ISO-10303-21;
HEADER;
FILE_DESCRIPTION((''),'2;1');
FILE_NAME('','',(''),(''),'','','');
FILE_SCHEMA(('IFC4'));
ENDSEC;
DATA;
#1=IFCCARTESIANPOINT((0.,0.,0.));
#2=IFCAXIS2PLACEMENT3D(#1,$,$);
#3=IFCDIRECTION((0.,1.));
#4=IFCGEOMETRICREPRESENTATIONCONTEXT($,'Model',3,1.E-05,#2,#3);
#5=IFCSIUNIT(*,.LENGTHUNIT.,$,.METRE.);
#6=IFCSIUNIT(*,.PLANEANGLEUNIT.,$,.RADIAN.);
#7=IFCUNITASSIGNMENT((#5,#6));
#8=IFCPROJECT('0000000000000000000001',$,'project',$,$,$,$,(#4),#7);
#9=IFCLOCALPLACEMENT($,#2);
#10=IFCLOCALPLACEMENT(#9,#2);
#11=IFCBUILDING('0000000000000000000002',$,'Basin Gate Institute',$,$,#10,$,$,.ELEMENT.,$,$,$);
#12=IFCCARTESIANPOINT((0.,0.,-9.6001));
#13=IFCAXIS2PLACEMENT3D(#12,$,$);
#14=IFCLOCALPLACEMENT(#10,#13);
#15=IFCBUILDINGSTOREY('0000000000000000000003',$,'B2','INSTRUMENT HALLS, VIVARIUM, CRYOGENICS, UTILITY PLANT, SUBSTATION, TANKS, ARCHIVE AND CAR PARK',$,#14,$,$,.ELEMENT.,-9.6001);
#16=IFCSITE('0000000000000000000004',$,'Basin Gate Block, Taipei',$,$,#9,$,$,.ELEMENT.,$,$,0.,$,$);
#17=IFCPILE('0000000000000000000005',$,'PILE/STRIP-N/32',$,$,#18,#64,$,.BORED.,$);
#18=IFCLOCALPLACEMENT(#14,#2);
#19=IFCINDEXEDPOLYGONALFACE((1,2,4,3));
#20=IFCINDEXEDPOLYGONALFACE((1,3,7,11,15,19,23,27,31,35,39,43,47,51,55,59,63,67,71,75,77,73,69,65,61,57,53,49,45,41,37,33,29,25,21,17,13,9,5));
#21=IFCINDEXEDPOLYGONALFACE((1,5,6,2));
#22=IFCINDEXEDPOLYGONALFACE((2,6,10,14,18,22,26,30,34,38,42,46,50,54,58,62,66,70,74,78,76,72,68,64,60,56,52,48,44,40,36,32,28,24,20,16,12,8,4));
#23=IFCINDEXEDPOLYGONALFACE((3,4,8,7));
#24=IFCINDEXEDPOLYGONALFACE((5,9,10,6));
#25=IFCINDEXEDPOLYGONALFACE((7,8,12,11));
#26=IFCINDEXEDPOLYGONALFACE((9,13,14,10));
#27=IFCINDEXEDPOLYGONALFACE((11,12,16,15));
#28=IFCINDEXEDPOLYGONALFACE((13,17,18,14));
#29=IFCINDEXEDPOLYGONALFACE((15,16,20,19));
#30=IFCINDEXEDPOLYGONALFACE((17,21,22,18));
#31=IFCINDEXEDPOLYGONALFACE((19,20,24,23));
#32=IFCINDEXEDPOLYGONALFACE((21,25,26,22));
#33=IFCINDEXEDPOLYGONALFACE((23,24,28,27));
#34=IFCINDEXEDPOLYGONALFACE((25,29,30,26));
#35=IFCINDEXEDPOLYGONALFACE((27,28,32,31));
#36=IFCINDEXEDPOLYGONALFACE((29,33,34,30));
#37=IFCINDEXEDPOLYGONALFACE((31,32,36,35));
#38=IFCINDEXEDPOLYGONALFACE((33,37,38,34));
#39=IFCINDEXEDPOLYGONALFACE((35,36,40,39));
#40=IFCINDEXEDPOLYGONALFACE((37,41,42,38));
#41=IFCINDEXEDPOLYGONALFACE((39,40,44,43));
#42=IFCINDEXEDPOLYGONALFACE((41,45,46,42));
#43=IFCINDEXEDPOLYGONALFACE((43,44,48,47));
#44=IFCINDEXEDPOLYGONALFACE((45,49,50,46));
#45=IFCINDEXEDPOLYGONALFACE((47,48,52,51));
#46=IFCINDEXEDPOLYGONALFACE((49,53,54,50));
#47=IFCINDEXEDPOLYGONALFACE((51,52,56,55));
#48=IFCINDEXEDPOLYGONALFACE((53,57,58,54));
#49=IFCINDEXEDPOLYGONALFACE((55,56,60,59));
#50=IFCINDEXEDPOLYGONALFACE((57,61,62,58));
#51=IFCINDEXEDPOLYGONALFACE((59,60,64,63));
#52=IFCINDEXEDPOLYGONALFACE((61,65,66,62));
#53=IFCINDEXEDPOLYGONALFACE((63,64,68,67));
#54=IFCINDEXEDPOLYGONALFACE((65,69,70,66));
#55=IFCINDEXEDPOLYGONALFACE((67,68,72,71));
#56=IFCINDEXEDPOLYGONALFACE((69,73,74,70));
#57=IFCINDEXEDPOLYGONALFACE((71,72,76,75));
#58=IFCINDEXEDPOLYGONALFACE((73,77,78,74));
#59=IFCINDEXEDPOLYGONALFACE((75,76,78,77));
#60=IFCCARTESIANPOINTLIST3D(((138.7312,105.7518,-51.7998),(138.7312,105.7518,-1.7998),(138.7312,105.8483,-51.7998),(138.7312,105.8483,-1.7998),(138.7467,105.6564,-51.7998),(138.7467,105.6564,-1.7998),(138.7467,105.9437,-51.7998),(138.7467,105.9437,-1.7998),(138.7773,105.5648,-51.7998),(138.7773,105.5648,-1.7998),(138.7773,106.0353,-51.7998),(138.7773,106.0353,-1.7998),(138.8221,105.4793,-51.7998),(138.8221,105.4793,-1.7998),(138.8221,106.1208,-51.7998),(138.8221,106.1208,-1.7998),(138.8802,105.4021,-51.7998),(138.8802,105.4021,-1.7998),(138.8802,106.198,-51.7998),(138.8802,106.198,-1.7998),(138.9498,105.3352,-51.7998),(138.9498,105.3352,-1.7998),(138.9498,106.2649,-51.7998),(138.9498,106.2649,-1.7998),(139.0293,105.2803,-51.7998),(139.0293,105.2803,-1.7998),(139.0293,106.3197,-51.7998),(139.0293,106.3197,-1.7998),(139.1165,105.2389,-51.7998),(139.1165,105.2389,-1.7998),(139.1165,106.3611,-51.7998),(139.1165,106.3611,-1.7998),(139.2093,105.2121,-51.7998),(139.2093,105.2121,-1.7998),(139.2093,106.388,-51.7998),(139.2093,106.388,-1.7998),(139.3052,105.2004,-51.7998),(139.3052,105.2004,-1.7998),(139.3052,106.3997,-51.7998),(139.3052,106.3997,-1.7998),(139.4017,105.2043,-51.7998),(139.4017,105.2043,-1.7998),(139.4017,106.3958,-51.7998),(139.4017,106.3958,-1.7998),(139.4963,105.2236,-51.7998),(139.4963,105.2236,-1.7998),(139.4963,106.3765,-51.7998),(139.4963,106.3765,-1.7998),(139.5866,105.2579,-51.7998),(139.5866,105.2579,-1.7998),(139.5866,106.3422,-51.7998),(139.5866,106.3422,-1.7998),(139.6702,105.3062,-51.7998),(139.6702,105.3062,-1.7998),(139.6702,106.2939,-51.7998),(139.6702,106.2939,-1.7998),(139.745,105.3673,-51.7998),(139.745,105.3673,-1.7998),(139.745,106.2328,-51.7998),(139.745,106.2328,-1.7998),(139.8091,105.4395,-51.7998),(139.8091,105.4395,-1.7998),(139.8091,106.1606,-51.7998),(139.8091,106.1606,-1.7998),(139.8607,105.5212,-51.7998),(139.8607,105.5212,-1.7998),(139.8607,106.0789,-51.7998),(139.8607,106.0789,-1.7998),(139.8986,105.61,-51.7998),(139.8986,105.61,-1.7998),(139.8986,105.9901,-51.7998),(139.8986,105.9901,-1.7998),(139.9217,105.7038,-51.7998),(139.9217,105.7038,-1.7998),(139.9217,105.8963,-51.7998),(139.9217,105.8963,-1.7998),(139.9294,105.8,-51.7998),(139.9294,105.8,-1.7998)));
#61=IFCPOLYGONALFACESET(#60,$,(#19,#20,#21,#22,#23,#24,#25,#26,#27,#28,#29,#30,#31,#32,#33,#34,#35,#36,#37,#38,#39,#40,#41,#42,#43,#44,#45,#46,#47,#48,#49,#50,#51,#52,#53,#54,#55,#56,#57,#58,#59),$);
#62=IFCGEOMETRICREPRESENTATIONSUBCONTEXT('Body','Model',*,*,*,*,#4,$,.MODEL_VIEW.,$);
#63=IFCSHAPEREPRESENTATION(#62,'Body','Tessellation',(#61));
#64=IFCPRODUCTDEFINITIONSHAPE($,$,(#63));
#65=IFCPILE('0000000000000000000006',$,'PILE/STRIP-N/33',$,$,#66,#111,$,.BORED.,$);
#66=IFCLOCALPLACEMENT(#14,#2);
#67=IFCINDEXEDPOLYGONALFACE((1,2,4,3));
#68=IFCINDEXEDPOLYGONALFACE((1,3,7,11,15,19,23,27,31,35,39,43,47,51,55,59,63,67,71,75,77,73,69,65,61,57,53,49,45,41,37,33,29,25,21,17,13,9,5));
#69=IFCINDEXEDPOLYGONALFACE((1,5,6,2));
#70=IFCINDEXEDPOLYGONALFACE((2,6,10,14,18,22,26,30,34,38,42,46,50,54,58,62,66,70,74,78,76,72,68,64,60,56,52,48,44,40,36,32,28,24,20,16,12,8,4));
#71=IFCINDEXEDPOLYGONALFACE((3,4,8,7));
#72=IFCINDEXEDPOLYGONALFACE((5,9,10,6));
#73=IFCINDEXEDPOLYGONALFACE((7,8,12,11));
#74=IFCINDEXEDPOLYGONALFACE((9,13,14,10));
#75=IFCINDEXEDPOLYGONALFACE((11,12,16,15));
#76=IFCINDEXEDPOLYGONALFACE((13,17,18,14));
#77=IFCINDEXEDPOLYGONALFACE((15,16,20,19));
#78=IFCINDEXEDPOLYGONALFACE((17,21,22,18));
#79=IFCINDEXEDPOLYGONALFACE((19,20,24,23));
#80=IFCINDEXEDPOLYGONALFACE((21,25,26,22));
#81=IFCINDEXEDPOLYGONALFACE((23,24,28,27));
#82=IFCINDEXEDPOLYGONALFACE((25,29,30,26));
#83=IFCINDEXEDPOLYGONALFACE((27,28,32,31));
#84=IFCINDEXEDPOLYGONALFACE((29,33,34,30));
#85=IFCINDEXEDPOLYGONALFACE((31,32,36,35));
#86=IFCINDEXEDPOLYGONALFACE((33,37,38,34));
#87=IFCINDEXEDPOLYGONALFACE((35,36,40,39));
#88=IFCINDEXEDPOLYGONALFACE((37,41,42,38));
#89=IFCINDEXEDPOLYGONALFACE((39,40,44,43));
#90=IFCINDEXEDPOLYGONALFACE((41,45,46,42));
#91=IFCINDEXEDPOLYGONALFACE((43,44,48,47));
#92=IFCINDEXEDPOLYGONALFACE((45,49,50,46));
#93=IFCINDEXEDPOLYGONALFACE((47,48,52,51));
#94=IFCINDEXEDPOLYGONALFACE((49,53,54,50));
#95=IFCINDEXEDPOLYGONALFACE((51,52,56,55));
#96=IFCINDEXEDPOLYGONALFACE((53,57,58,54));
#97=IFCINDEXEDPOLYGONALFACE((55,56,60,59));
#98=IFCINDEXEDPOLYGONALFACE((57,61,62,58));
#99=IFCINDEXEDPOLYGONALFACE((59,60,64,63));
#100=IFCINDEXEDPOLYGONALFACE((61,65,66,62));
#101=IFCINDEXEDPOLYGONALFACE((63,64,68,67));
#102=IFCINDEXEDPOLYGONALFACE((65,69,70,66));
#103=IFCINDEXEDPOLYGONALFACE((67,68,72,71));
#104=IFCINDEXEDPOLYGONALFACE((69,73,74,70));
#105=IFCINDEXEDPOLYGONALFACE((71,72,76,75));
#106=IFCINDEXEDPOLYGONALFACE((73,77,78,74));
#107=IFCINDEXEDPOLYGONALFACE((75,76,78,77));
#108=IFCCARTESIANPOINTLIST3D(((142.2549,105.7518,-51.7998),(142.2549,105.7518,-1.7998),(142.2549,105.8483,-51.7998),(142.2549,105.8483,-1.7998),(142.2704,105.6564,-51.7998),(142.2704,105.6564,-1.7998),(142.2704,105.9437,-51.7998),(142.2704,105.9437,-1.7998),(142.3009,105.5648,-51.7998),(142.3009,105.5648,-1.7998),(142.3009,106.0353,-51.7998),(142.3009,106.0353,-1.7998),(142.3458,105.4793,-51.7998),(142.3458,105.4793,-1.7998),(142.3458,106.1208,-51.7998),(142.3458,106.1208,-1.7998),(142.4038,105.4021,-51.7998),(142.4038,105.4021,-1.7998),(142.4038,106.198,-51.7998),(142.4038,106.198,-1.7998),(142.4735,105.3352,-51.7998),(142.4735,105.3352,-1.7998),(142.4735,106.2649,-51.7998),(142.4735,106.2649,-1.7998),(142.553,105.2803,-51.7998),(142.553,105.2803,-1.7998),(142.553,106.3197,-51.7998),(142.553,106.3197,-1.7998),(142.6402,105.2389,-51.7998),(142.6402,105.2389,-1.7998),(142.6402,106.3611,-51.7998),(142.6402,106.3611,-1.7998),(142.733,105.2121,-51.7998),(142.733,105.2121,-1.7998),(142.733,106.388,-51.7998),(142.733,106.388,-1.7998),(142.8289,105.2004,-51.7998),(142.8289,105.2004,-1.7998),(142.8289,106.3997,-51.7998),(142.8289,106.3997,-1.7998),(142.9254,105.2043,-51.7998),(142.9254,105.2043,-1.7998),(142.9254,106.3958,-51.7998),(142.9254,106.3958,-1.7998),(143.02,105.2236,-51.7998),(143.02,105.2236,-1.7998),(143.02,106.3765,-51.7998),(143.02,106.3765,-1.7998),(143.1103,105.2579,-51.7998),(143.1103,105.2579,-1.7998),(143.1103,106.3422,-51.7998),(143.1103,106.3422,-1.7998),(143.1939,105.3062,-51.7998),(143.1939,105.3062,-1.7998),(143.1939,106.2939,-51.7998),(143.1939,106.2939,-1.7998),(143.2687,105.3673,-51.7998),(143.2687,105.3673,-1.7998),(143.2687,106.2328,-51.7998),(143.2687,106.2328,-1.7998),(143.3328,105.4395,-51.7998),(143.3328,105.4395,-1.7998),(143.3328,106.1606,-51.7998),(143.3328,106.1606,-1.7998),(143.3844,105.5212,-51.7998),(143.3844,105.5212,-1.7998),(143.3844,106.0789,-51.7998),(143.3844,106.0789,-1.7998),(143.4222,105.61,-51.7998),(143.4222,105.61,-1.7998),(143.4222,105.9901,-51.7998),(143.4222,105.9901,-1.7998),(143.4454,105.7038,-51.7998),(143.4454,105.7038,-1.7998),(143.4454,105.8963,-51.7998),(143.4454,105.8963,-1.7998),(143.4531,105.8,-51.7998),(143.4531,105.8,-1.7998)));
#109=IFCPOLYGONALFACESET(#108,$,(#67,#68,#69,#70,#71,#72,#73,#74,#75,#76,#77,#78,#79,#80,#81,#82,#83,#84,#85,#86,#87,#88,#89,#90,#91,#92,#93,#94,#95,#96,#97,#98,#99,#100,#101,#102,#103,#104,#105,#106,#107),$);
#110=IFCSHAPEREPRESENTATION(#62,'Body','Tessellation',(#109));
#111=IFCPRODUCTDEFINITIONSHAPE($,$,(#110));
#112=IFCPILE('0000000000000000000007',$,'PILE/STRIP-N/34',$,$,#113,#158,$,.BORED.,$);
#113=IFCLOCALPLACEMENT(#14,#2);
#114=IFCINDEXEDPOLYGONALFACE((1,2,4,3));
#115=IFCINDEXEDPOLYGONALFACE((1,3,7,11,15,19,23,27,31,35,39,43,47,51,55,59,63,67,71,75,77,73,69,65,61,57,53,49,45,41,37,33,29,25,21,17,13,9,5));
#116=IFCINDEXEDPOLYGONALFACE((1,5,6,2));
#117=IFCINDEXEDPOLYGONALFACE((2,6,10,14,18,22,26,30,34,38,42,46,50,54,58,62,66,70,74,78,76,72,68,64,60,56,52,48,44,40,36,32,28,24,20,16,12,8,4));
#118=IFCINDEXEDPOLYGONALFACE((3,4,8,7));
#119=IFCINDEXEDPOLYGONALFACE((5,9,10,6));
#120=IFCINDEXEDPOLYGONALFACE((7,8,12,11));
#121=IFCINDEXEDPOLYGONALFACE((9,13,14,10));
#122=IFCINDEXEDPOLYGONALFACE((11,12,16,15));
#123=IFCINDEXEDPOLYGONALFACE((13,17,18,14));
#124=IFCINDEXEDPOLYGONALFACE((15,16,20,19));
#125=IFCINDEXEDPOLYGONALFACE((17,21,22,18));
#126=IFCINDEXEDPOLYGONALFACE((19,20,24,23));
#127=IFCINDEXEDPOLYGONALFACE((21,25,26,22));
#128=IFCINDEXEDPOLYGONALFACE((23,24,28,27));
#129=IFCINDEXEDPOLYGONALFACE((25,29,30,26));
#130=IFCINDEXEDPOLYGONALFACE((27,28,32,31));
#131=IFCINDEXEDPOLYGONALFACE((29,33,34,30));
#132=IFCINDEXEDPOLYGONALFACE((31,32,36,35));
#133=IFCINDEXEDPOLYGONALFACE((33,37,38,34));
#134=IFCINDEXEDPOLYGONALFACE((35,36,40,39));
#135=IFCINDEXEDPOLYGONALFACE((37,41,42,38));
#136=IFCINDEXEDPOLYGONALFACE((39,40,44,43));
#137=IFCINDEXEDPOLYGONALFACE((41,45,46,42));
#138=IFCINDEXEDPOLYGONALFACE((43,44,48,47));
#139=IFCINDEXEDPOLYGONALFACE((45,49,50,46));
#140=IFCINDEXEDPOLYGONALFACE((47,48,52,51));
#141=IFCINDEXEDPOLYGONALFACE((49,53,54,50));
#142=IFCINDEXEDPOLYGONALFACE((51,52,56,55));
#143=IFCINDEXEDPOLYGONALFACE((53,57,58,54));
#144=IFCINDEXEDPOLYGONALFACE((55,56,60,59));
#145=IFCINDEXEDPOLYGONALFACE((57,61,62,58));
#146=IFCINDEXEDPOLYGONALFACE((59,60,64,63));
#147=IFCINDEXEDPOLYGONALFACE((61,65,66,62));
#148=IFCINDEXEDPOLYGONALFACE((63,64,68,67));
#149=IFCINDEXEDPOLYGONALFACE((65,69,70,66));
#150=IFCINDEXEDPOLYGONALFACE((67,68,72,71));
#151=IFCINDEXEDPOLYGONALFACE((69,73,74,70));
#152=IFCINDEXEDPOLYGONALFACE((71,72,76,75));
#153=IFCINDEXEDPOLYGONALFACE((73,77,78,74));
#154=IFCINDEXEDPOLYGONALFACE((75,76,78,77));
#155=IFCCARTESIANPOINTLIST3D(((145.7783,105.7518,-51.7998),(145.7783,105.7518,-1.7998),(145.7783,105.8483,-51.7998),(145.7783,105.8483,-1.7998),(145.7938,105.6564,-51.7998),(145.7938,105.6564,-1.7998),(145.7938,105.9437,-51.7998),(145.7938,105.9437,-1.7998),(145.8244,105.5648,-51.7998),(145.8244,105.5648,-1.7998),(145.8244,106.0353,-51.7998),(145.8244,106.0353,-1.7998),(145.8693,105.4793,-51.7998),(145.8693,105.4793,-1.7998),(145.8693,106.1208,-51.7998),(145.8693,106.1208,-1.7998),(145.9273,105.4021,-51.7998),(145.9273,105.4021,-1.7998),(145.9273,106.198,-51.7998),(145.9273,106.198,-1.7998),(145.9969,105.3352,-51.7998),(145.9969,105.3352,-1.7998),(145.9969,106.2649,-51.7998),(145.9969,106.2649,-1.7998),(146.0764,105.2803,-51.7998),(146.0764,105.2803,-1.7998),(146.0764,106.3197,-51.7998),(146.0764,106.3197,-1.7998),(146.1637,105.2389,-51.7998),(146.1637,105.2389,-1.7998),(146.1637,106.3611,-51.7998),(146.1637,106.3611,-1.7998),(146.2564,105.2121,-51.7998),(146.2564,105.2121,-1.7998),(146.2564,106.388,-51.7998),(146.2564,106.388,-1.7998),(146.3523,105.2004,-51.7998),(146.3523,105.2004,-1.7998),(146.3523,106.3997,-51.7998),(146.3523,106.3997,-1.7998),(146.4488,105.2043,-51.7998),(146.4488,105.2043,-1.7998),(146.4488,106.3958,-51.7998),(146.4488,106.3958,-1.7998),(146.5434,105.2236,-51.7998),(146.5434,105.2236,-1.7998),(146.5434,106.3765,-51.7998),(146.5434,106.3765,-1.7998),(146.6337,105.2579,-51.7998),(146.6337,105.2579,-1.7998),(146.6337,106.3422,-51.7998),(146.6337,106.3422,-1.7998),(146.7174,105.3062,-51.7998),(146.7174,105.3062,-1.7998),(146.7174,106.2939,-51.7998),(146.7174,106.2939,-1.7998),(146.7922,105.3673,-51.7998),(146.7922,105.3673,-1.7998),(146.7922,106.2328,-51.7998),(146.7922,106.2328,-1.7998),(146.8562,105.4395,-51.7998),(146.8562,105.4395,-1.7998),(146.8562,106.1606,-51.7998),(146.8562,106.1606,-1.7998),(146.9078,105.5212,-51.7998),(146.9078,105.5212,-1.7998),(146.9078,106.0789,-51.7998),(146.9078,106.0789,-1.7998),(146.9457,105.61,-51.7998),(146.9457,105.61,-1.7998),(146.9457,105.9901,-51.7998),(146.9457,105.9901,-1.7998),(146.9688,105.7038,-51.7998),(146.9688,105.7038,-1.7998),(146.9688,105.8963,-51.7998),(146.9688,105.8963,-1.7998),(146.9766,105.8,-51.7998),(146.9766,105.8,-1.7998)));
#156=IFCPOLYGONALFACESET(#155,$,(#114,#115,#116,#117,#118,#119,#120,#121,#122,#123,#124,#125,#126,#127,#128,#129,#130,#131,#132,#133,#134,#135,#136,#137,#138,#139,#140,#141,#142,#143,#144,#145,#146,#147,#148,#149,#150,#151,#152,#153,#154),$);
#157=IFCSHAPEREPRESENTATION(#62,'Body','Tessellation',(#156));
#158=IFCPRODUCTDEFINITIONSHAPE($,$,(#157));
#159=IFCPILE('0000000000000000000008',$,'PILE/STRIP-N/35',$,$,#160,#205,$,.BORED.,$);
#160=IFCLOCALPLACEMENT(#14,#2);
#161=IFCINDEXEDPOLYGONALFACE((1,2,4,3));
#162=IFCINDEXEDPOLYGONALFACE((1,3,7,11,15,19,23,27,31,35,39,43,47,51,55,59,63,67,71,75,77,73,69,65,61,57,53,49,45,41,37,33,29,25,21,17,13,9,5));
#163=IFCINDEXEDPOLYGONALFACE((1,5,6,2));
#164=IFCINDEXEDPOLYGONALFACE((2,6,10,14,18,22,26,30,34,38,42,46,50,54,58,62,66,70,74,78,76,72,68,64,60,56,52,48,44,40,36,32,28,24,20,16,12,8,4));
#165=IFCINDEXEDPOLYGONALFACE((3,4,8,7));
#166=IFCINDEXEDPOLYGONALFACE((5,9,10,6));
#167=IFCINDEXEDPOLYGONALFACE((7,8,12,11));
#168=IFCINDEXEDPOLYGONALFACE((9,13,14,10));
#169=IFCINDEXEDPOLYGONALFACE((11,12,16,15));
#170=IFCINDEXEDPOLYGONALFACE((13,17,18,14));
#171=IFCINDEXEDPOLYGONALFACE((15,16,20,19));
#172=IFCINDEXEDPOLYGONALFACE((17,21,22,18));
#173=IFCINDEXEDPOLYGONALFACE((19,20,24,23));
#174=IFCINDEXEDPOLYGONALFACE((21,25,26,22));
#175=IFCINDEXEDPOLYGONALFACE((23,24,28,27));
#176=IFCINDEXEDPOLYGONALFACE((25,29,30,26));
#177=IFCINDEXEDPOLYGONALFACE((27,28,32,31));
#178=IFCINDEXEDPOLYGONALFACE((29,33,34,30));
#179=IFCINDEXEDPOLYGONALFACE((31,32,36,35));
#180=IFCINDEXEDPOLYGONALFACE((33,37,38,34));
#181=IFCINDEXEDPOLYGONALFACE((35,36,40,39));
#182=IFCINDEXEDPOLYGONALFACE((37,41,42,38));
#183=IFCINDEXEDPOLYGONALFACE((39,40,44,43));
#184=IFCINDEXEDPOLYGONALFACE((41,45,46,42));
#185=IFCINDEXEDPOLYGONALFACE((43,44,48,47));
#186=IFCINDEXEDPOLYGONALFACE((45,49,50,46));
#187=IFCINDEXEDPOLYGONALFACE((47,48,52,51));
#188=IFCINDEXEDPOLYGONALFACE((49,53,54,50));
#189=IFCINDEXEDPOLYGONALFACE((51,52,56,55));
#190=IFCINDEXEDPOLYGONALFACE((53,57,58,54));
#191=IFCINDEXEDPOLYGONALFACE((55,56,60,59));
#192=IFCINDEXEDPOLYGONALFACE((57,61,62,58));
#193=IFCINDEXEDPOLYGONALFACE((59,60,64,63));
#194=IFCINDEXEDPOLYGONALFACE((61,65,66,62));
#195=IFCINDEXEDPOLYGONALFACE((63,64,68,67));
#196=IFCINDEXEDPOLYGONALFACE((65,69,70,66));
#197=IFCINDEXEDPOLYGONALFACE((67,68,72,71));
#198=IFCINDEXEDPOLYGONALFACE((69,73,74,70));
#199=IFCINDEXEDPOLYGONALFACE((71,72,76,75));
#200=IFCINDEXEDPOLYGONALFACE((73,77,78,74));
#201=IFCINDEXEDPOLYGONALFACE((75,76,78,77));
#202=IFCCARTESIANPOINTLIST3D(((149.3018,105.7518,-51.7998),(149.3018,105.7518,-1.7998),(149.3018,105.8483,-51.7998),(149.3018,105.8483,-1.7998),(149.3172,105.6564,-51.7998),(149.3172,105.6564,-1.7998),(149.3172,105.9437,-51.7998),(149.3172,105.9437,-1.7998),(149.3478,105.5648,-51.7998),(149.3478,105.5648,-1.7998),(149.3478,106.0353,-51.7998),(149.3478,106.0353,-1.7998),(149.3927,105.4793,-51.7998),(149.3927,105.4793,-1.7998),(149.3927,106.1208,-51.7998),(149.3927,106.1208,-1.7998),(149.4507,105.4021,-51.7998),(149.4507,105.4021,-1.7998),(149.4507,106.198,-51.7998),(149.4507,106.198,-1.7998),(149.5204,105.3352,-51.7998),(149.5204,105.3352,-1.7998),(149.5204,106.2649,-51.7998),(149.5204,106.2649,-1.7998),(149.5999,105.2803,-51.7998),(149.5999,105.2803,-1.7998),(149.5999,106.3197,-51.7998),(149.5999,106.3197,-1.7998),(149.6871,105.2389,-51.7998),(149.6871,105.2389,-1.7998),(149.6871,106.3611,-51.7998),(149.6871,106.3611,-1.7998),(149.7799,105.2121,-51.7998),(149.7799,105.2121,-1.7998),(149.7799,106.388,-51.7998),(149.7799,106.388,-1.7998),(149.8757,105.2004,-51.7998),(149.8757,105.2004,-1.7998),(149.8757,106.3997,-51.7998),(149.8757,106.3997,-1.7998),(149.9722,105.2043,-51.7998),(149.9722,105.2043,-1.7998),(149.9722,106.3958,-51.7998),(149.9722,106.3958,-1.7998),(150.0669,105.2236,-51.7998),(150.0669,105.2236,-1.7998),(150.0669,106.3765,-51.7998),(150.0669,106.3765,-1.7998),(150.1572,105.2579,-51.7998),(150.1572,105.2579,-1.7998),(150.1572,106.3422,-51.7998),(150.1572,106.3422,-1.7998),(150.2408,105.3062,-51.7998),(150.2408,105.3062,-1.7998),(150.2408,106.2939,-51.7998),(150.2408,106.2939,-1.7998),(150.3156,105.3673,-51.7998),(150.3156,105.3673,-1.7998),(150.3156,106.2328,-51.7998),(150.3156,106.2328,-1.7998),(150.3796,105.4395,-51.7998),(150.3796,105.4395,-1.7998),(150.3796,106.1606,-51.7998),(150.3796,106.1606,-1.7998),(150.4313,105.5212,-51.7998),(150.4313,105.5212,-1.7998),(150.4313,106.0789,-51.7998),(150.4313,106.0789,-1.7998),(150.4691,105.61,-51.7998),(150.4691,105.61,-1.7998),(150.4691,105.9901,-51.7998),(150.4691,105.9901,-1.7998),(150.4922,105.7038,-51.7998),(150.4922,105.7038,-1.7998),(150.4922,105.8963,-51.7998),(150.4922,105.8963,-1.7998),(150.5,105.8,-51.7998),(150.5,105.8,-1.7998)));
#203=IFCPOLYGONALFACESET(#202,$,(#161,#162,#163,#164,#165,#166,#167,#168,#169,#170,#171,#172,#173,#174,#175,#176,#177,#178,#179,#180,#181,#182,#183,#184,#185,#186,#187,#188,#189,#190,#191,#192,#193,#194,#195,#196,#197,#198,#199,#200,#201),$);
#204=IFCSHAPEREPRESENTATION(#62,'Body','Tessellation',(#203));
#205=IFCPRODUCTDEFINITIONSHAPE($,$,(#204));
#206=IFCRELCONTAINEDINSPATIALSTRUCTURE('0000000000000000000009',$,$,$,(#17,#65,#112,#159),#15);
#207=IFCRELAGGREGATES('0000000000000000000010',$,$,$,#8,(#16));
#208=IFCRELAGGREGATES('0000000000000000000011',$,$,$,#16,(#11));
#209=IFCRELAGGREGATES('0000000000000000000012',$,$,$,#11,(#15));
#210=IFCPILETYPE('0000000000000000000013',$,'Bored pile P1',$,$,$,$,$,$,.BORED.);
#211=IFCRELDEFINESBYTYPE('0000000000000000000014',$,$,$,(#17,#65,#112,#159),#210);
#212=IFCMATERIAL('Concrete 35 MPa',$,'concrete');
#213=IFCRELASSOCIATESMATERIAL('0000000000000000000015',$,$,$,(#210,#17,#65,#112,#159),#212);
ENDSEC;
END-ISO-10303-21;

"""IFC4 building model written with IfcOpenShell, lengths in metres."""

from ifc_helpers import new_model, si_unit, direction, frame, origin, origin_2d, place, context, subcontext, project, spatial, circle, extrude, material, material_profile, profile_set, type_object, element, save


model = new_model("IFC4")

# Units and contexts
model_context = context("Model", 3, precision=1e-05, world=origin(), true_north=direction((0.0, 1.0)))
body_context = subcontext(model_context, "Body", "Model", "MODEL_VIEW")
ifc_project = project(units=[si_unit("LENGTHUNIT", "METRE"), si_unit("PLANEANGLEUNIT", "RADIAN")], contexts=[model_context])

# Site, building, storey
site_placement = place(None, origin())
site = spatial("IfcSite", under=ifc_project, at=site_placement, Name="Basin Gate Block, Taipei", CompositionType="ELEMENT", RefElevation=0.0)
building_placement = place(site_placement, origin())
building = spatial("IfcBuilding", under=site, at=building_placement, Name="Basin Gate Institute", CompositionType="ELEMENT")
storey_placement = place(building_placement, frame((0.0, 0.0, -9.6001)))
storey = spatial("IfcBuildingStorey", under=building, at=storey_placement, Name="B2", Description="INSTRUMENT HALLS, VIVARIUM, CRYOGENICS, UTILITY PLANT, SUBSTATION, TANKS, ARCHIVE AND CAR PARK", CompositionType="ELEMENT", Elevation=-9.6001)

# Piles
ifc_material_1 = material(Name="Concrete 35 MPa", Category="concrete")
ifc_material_profile_1 = material_profile(ifc_material_1, circle(Radius=0.6001, at=origin_2d()), Name="Bored pile P1 1200 dia")
ifc_profile_set_1 = profile_set([ifc_material_profile_1], Name="Concrete 35 MPa")
pile_type = type_object("IfcPileType", Name="Bored pile P1", PredefinedType="BORED", material=ifc_profile_set_1)
for number, where, z_axis, x_axis, name in (
    (1, (139.3293, 105.8, -1.7998), (0.0, 0.0, -1.0), (1.0, 0.0, 0.0), "PILE/STRIP-N/32"),
    (2, (142.853, 105.8, -1.7998), (0.0, 0.0, -1.0), (1.0, 0.0, 0.0), "PILE/STRIP-N/33"),
    (3, (146.3765, 105.8, -1.7998), (0.0, 0.0, -1.0), (1.0, 0.0, 0.0), "PILE/STRIP-N/34"),
    (4, (149.8999, 105.8, -1.7998), (0.0, 0.0, -1.0), (1.0, 0.0, 0.0), "PILE/STRIP-N/35"),
):
    element("IfcPile", number, at=place(storey_placement, frame(where, z_axis=z_axis, x_axis=x_axis)), inside=storey, type_object=pile_type, material=ifc_profile_set_1, Name=name, PredefinedType="BORED", context=body_context, shape_type="SweptSolid", body=[
        extrude(circle(Radius=0.6001, at=origin_2d()), origin(), (0.0, 0.0, 1.0), 50.0),
    ])

save(model, "model.ifc")
